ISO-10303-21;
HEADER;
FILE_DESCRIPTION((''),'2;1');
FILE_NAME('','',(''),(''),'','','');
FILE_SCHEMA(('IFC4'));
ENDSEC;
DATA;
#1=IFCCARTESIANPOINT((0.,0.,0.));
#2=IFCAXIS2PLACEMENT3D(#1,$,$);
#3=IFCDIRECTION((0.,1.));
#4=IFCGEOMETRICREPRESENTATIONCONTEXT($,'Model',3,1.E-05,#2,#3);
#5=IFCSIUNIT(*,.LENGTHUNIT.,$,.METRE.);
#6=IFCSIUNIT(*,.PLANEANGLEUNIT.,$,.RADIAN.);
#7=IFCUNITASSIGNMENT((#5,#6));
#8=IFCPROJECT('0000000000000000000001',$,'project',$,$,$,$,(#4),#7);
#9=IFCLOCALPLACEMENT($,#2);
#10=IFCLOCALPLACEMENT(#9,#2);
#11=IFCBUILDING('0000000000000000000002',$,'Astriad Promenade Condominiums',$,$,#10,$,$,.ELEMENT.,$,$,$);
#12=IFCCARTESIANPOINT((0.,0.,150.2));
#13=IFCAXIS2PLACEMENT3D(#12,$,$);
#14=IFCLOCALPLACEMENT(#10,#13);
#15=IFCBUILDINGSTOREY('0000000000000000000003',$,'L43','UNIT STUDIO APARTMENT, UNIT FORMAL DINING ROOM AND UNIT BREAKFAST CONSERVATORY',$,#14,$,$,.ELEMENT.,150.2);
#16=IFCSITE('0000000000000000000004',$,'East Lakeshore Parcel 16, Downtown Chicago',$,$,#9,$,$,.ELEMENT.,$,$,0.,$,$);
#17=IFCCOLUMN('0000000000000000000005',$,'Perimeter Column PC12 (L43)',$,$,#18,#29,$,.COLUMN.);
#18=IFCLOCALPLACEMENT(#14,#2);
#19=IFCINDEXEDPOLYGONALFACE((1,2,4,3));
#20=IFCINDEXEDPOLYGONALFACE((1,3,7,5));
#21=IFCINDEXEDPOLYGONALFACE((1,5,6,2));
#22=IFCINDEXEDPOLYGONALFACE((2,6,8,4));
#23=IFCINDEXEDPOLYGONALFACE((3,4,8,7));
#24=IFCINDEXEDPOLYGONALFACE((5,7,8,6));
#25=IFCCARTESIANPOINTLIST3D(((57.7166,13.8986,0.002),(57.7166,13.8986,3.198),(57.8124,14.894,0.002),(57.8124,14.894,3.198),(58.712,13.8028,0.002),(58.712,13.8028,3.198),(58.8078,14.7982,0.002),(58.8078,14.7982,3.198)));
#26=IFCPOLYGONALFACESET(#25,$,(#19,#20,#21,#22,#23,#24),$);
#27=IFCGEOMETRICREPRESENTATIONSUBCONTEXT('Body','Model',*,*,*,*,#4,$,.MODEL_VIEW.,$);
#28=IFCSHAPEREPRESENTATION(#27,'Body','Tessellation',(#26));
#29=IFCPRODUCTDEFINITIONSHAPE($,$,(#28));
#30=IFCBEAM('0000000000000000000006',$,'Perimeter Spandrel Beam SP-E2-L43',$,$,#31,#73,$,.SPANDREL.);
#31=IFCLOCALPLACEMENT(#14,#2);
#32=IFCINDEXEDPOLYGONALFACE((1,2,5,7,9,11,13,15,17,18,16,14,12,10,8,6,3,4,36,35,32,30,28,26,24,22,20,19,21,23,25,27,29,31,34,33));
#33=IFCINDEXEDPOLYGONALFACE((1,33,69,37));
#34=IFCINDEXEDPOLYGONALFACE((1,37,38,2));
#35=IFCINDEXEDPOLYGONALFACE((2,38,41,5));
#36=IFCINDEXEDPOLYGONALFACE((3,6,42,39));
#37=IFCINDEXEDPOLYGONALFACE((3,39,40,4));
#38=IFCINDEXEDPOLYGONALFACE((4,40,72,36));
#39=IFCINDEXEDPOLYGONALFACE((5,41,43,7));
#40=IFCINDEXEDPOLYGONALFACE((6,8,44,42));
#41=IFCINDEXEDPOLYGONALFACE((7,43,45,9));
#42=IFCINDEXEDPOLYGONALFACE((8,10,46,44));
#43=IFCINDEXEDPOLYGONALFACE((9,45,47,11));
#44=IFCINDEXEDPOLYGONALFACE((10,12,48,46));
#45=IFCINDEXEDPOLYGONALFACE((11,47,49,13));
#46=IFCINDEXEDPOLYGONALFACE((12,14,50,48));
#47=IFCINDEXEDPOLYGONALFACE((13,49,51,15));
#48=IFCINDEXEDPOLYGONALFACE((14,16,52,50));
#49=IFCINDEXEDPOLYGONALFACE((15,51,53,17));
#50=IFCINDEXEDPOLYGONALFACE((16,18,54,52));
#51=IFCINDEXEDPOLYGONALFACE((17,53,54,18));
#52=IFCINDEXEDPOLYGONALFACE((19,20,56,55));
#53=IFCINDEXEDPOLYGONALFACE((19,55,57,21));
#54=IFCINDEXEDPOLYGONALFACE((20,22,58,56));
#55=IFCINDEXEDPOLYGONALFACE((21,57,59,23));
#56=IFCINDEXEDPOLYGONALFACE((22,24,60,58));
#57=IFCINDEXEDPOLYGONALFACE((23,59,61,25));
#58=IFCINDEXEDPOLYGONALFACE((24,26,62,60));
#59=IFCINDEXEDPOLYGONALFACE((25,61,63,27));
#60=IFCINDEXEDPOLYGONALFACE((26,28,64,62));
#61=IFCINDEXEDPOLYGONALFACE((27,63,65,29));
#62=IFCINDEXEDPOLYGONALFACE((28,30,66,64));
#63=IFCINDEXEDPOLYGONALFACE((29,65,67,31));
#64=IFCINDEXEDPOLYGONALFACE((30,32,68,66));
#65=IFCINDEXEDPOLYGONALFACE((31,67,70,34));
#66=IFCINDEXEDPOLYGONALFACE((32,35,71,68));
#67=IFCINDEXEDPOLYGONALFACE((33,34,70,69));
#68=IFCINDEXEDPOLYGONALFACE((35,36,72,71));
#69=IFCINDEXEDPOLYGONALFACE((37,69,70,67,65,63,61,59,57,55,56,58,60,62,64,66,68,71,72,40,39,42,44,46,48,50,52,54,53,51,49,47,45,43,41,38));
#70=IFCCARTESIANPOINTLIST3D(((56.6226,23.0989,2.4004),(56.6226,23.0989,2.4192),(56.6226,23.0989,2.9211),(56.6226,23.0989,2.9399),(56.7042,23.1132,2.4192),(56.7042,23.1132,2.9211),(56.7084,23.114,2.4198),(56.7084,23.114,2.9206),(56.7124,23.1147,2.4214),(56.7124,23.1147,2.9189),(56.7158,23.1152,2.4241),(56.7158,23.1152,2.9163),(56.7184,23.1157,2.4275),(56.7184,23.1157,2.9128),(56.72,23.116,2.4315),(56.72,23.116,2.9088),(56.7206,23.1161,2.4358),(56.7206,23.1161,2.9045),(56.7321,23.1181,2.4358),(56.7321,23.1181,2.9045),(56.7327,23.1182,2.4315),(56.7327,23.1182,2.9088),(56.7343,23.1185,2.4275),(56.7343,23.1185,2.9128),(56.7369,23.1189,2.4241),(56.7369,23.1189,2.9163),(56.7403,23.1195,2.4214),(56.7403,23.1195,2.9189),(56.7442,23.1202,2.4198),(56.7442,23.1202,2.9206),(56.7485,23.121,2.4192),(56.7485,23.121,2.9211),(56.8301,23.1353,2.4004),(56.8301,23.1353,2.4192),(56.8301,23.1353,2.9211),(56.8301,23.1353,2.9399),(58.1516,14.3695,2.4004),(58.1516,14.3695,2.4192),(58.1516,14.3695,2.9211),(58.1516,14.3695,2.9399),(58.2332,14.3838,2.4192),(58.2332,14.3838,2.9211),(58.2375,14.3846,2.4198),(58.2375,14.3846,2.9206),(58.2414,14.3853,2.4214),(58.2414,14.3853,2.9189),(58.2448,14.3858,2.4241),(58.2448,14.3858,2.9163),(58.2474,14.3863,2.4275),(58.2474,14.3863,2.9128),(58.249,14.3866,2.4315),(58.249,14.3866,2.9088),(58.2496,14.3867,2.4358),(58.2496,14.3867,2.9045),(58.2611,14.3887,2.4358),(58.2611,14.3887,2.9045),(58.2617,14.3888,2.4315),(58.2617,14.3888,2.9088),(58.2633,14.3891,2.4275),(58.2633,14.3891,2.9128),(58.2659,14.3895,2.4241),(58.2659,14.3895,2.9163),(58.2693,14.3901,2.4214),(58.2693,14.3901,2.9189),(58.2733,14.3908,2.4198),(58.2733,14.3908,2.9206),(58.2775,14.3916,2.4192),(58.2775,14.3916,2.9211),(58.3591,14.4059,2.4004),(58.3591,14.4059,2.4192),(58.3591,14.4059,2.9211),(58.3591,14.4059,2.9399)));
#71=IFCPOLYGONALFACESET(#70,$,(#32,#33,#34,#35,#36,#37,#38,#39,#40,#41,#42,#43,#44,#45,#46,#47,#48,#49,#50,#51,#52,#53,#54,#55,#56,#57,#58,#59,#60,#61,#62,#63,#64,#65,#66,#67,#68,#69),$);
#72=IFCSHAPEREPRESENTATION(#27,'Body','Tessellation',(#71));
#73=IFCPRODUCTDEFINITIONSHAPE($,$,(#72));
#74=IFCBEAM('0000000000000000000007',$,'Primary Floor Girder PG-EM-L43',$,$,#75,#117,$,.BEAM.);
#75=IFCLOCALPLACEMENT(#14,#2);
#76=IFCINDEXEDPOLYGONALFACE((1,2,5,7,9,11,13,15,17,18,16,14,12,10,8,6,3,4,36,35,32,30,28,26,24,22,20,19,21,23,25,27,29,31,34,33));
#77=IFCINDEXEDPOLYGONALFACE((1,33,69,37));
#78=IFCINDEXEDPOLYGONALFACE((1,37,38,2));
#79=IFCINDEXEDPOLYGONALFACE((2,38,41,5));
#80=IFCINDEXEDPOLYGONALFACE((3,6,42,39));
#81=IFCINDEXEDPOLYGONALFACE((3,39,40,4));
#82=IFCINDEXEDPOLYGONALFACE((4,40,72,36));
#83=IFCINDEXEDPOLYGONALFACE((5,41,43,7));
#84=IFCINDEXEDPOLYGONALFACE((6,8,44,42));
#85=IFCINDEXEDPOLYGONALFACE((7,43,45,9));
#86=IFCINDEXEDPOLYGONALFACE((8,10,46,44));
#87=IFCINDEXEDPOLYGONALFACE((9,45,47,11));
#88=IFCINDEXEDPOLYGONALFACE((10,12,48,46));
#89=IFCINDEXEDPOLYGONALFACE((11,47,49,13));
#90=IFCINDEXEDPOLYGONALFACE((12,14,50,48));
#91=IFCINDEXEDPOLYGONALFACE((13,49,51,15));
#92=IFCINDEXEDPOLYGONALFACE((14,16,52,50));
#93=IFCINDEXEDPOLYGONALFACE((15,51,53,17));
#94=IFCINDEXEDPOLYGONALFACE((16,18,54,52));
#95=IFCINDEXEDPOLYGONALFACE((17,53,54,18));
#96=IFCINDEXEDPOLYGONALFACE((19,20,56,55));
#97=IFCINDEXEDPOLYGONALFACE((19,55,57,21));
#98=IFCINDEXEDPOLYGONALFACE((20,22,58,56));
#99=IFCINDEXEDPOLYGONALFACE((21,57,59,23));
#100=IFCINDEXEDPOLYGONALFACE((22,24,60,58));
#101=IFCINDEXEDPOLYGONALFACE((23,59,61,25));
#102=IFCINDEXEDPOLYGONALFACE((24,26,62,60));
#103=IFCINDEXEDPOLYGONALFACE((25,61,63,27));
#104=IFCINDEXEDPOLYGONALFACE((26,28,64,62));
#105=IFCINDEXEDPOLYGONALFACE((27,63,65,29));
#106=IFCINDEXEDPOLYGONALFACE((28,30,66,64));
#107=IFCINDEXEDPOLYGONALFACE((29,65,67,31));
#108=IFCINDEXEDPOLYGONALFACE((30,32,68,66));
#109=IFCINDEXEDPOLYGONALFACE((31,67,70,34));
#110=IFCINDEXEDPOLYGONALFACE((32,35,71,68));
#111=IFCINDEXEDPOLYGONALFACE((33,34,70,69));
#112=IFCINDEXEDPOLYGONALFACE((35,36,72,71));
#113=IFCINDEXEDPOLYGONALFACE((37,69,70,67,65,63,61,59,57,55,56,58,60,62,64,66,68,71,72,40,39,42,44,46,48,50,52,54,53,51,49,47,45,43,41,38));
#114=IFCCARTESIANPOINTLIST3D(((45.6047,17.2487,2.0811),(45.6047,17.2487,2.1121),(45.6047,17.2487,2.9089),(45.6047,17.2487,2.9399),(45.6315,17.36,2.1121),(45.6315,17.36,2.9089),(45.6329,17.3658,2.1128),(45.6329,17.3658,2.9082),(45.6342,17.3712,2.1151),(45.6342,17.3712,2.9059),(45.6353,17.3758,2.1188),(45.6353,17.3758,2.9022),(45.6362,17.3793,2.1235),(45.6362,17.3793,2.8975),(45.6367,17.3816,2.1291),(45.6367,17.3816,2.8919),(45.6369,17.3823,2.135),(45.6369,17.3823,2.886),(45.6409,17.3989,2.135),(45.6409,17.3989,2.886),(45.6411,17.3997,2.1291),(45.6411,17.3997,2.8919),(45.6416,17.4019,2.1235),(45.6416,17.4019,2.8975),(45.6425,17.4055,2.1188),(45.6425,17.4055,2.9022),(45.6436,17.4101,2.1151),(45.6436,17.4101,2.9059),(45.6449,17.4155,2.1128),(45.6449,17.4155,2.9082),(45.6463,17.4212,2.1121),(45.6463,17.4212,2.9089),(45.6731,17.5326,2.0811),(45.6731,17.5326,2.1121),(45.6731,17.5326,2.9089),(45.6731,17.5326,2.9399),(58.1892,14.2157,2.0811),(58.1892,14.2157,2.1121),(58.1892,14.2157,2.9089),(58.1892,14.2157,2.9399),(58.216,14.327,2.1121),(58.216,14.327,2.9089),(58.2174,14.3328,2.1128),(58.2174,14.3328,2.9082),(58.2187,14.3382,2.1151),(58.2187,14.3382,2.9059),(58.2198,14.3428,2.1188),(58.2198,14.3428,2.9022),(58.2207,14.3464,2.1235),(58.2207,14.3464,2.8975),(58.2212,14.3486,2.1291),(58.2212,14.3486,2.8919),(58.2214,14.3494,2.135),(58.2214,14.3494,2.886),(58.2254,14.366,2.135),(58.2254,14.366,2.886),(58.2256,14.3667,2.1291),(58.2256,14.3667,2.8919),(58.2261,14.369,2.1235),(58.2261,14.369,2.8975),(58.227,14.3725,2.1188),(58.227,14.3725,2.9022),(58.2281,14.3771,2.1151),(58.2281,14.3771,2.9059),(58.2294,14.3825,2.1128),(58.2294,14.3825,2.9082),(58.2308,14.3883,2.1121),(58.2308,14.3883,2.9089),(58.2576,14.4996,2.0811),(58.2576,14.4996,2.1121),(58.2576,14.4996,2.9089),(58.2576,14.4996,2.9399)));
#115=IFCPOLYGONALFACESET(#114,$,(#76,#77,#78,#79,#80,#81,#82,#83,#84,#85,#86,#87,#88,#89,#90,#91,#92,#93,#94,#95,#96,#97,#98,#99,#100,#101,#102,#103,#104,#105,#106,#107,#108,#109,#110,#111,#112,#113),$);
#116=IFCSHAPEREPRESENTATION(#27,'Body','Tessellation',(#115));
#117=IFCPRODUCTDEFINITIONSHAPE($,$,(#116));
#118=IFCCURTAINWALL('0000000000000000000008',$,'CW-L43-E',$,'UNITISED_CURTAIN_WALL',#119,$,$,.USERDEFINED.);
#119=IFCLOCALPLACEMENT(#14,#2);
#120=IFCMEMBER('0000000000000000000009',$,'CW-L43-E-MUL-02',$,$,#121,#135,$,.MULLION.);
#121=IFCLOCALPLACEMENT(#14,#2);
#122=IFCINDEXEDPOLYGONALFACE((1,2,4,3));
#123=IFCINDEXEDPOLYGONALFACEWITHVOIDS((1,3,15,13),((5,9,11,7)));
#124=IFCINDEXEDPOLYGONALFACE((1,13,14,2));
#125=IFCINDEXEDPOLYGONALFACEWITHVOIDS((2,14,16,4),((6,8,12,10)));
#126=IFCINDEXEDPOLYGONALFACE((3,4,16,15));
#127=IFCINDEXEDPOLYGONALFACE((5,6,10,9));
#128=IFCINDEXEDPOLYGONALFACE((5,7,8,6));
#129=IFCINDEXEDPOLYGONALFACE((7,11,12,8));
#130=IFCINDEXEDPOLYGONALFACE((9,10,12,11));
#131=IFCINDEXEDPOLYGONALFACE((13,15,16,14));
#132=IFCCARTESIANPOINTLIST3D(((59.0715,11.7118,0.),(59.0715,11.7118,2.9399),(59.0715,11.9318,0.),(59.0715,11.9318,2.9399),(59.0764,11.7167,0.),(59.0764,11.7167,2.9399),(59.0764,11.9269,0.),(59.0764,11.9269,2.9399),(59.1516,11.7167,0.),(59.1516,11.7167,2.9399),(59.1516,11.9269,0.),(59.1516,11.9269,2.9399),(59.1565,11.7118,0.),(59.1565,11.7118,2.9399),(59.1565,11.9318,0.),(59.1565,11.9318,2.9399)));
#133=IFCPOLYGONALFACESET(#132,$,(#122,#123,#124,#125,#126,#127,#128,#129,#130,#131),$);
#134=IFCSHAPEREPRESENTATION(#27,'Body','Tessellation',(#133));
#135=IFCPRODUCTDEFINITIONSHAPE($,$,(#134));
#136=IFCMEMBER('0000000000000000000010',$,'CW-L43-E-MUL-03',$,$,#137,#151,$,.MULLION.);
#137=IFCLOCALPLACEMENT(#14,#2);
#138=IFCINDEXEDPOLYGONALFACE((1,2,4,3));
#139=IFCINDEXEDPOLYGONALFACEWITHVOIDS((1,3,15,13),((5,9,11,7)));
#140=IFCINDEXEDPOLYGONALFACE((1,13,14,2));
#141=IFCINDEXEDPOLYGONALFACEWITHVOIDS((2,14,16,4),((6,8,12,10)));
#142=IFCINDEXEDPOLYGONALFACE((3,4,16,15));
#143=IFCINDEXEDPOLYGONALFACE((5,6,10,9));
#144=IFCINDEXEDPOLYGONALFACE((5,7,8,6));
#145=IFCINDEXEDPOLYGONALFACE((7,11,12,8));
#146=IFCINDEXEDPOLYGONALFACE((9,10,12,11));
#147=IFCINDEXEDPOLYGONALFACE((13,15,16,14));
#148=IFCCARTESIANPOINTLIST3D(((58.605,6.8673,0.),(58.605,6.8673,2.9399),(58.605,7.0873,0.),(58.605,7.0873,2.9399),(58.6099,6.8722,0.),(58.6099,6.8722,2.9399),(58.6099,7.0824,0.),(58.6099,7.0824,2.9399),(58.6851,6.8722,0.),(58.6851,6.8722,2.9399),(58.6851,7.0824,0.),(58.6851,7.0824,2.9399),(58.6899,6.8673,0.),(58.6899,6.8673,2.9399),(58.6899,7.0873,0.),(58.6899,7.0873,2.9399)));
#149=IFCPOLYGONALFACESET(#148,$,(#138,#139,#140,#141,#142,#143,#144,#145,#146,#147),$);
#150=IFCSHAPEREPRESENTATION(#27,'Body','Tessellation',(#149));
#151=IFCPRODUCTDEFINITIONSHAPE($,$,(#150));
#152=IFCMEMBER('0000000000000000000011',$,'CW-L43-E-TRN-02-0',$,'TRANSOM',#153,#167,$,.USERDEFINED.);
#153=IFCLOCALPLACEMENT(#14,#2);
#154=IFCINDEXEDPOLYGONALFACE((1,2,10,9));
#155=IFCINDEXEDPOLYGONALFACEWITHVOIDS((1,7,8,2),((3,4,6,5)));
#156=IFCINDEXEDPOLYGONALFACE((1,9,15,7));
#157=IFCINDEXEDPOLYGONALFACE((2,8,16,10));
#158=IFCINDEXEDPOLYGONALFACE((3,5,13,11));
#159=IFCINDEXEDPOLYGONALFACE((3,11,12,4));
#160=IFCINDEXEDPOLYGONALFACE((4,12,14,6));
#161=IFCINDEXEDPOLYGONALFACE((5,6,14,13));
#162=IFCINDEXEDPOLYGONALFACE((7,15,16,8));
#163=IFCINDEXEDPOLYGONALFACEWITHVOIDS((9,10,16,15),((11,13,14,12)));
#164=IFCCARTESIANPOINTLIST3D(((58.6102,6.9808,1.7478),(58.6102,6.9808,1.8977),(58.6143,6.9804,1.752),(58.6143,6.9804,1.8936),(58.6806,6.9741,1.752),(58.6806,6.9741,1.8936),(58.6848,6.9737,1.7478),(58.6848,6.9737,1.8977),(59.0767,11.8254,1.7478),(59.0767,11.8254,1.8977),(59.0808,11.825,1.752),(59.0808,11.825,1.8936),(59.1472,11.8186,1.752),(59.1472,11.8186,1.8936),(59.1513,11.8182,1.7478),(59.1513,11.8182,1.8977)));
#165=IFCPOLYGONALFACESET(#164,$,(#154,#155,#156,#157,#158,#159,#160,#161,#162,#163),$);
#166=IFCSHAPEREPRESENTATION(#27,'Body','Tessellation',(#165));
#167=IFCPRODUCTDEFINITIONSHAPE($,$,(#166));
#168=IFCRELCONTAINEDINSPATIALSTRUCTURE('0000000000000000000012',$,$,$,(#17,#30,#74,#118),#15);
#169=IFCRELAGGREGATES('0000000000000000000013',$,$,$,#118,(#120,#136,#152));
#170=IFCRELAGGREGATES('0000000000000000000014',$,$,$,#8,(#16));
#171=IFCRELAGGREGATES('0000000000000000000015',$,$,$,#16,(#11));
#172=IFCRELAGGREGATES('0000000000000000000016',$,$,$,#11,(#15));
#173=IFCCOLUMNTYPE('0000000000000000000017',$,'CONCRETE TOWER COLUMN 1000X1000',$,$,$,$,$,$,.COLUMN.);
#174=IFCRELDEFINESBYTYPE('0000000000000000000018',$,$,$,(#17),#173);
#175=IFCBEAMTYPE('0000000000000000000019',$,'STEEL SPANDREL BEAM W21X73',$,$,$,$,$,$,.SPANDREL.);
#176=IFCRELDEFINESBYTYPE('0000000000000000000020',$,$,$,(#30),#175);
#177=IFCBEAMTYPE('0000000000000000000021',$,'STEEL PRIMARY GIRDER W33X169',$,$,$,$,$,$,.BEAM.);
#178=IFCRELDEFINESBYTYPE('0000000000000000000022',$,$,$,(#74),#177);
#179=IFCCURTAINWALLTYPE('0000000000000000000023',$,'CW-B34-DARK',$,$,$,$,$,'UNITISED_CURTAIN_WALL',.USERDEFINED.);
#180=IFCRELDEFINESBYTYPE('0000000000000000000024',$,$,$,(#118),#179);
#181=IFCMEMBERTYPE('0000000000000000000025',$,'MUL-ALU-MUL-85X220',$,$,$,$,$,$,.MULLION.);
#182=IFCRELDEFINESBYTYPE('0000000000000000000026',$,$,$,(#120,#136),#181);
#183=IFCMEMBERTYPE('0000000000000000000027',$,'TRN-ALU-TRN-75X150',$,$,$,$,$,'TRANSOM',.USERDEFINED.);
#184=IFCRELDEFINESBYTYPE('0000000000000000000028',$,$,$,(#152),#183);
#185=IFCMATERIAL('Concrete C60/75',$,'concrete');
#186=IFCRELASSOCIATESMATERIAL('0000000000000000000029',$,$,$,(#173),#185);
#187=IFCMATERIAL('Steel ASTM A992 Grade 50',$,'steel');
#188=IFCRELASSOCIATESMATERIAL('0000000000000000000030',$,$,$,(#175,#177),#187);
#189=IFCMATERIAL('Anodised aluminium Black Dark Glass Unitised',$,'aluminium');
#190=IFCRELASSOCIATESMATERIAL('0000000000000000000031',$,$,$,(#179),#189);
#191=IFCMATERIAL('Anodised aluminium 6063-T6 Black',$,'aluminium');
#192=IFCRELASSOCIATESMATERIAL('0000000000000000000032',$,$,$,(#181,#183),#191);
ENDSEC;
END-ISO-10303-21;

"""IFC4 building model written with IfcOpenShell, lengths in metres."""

from ifc_helpers import new_model, si_unit, direction, frame, origin, origin_2d, place, context, subcontext, project, spatial, rectangle, hollow_rectangle, i_section, extrude, source, transform, mapped, material, material_profile, profile_set, type_object, type_shapes, element, aggregate, save


model = new_model("IFC4")

# Units and contexts
model_context = context("Model", 3, precision=1e-05, world=origin(), true_north=direction((0.0, 1.0)))
body_context = subcontext(model_context, "Body", "Model", "MODEL_VIEW")
ifc_project = project(units=[si_unit("LENGTHUNIT", "METRE"), si_unit("PLANEANGLEUNIT", "RADIAN")], contexts=[model_context])

# Site, building, storey
site_placement = place(None, origin())
site = spatial("IfcSite", under=ifc_project, at=site_placement, Name="East Lakeshore Parcel 16, Downtown Chicago", CompositionType="ELEMENT", RefElevation=0.0)
building_placement = place(site_placement, origin())
building = spatial("IfcBuilding", under=site, at=building_placement, Name="Astriad Promenade Condominiums", CompositionType="ELEMENT")
storey_placement = place(building_placement, frame((0.0, 0.0, 150.2)))
storey = spatial("IfcBuildingStorey", under=building, at=storey_placement, Name="L43", Description="UNIT STUDIO APARTMENT, UNIT FORMAL DINING ROOM AND UNIT BREAKFAST CONSERVATORY", CompositionType="ELEMENT", Elevation=150.2)

# Column
ifc_material_1 = material(Name="Concrete C60/75", Category="concrete")
ifc_material_profile_1 = material_profile(ifc_material_1, rectangle(XDim=1.0, YDim=1.0, at=origin_2d()), Name="RC-COL-1000X1000")
ifc_profile_set_1 = profile_set([ifc_material_profile_1], Name="Concrete C60/75")
column_type = type_object("IfcColumnType", Name="CONCRETE TOWER COLUMN 1000X1000", PredefinedType="COLUMN", material=ifc_profile_set_1)
shared_shape_1 = source(origin(), body_context, "Body", "SweptSolid", [
    extrude(rectangle(XDim=1.0, YDim=1.0, at=origin_2d()), origin(), (0.0, 0.0, 1.0), 3.196),
])
type_shapes(column_type, [shared_shape_1])
column_placement = place(storey_placement, frame((58.2622, 14.3484, 0.002), z_axis=(0.0, 0.0, 1.0), x_axis=(0.995396, -0.095846, 0.0)))
element("IfcColumn", 1, at=column_placement, inside=storey, type_object=column_type, Name="Perimeter Column PC12 (L43)", PredefinedType="COLUMN", context=body_context, shape_type="MappedRepresentation", body=[
    mapped(shared_shape_1, transform((0.0, 0.0, 0.0), scale=1.0)),
])

# Beams
ifc_material_2 = material(Name="Steel ASTM A992 Grade 50", Category="steel")
ifc_material_profile_2 = material_profile(ifc_material_2, i_section(OverallWidth=0.2107, OverallDepth=0.5396, WebThickness=0.0117, FlangeThickness=0.0188, FilletRadius=0.0166, at=origin_2d()), Name="W21X73")
ifc_profile_set_2 = profile_set([ifc_material_profile_2], Name="Steel ASTM A992 Grade 50")
beam_type_1 = type_object("IfcBeamType", Name="STEEL SPANDREL BEAM W21X73", PredefinedType="SPANDREL", material=ifc_profile_set_2)
shared_shape_2 = source(origin(), body_context, "Body", "SweptSolid", [
    extrude(i_section(OverallWidth=0.2107, OverallDepth=0.5396, WebThickness=0.0117, FlangeThickness=0.0188, FilletRadius=0.0166, at=origin_2d()), origin(), (0.0, 0.0, 1.0), 8.8623),
])
type_shapes(beam_type_1, [shared_shape_2])
beam_1_placement = place(storey_placement, frame((58.2554, 14.3877, 2.6702), z_axis=(-0.172533, 0.985004, 0.0), x_axis=(-0.985004, -0.172533, 0.0)))
element("IfcBeam", 2, at=beam_1_placement, inside=storey, type_object=beam_type_1, Name="Perimeter Spandrel Beam SP-E2-L43", PredefinedType="SPANDREL", context=body_context, shape_type="MappedRepresentation", body=[
    mapped(shared_shape_2, transform((0.0, 0.0, 0.0), scale=1.0)),
])
ifc_material_profile_3 = material_profile(ifc_material_2, i_section(OverallWidth=0.292, OverallDepth=0.8589, WebThickness=0.0171, FlangeThickness=0.031, FilletRadius=0.0229, at=origin_2d()), Name="W33X169")
ifc_profile_set_3 = profile_set([ifc_material_profile_3], Name="Steel ASTM A992 Grade 50")
beam_type_2 = type_object("IfcBeamType", Name="STEEL PRIMARY GIRDER W33X169", PredefinedType="BEAM", material=ifc_profile_set_3)
shared_shape_3 = source(origin(), body_context, "Body", "SweptSolid", [
    extrude(i_section(OverallWidth=0.292, OverallDepth=0.8589, WebThickness=0.0171, FlangeThickness=0.031, FilletRadius=0.0229, at=origin_2d()), origin(), (0.0, 0.0, 1.0), 12.9448),
])
type_shapes(beam_type_2, [shared_shape_3])
beam_2_placement = place(storey_placement, frame((58.2234, 14.3577, 2.5105), z_axis=(-0.972164, 0.234299, 0.0), x_axis=(-0.234299, -0.972164, 0.0)))
element("IfcBeam", 3, at=beam_2_placement, inside=storey, type_object=beam_type_2, Name="Primary Floor Girder PG-EM-L43", PredefinedType="BEAM", context=body_context, shape_type="MappedRepresentation", body=[
    mapped(shared_shape_3, transform((0.0, 0.0, 0.0), scale=1.0)),
])

# Curtain wall, members
ifc_material_3 = material(Name="Anodised aluminium Black Dark Glass Unitised", Category="aluminium")
curtain_wall_type = type_object("IfcCurtainWallType", Name="CW-B34-DARK", ElementType="UNITISED_CURTAIN_WALL", PredefinedType="USERDEFINED", material=ifc_material_3)
curtain_wall_placement = place(storey_placement, origin())
curtain_wall = element("IfcCurtainWall", 4, at=curtain_wall_placement, inside=storey, type_object=curtain_wall_type, Name="CW-L43-E", ObjectType="UNITISED_CURTAIN_WALL", PredefinedType="USERDEFINED")
ifc_material_4 = material(Name="Anodised aluminium 6063-T6 Black", Category="aluminium")
ifc_material_profile_4 = material_profile(ifc_material_4, hollow_rectangle(XDim=0.085, YDim=0.22, WallThickness=0.0049, at=origin_2d()), Name="ALU-MUL-85X220")
ifc_profile_set_4 = profile_set([ifc_material_profile_4], Name="Anodised aluminium 6063-T6 Black")
member_type_1 = type_object("IfcMemberType", Name="MUL-ALU-MUL-85X220", PredefinedType="MULLION", material=ifc_profile_set_4)
shared_shape_4 = source(origin(), body_context, "Body", "SweptSolid", [
    extrude(hollow_rectangle(XDim=0.085, YDim=0.22, WallThickness=0.0049, at=origin_2d()), origin(), (0.0, 0.0, 1.0), 2.9399),
])
type_shapes(member_type_1, [shared_shape_4])
member_1_placement = place(storey_placement, frame((59.114, 11.8218, 0.0), z_axis=(0.0, 0.0, 1.0), x_axis=(1.0, 0.0, 0.0)))
member_1 = element("IfcMember", 5, at=member_1_placement, type_object=member_type_1, Name="CW-L43-E-MUL-02", PredefinedType="MULLION", context=body_context, shape_type="MappedRepresentation", body=[
    mapped(shared_shape_4, transform((0.0, 0.0, 0.0), scale=1.0)),
])
member_2_placement = place(storey_placement, frame((58.6475, 6.9773, 0.0), z_axis=(0.0, 0.0, 1.0), x_axis=(1.0, 0.0, 0.0)))
member_2 = element("IfcMember", 6, at=member_2_placement, type_object=member_type_1, Name="CW-L43-E-MUL-03", PredefinedType="MULLION", context=body_context, shape_type="MappedRepresentation", body=[
    mapped(shared_shape_4, transform((0.0, 0.0, 0.0), scale=1.0)),
])
ifc_material_profile_5 = material_profile(ifc_material_4, hollow_rectangle(XDim=0.075, YDim=0.1499, WallThickness=0.0042, at=origin_2d()), Name="ALU-TRN-75X150")
ifc_profile_set_5 = profile_set([ifc_material_profile_5], Name="Anodised aluminium 6063-T6 Black")
member_type_2 = type_object("IfcMemberType", Name="TRN-ALU-TRN-75X150", ElementType="TRANSOM", PredefinedType="USERDEFINED", material=ifc_profile_set_5)
shared_shape_5 = source(origin(), body_context, "Body", "SweptSolid", [
    extrude(hollow_rectangle(XDim=0.075, YDim=0.1499, WallThickness=0.0042, at=origin_2d()), origin(), (0.0, 0.0, 1.0), 4.8669),
])
type_shapes(member_type_2, [shared_shape_5])
member_3_placement = place(storey_placement, frame((59.114, 11.8218, 1.8228), z_axis=(-0.095862, -0.995395, 0.0), x_axis=(0.995395, -0.095862, 0.0)))
member_3 = element("IfcMember", 7, at=member_3_placement, type_object=member_type_2, Name="CW-L43-E-TRN-02-0", ObjectType="TRANSOM", PredefinedType="USERDEFINED", context=body_context, shape_type="MappedRepresentation", body=[
    mapped(shared_shape_5, transform((0.0, 0.0, 0.0), scale=1.0)),
])
aggregate(curtain_wall, [member_1, member_2, member_3])

save(model, "model.ifc")
